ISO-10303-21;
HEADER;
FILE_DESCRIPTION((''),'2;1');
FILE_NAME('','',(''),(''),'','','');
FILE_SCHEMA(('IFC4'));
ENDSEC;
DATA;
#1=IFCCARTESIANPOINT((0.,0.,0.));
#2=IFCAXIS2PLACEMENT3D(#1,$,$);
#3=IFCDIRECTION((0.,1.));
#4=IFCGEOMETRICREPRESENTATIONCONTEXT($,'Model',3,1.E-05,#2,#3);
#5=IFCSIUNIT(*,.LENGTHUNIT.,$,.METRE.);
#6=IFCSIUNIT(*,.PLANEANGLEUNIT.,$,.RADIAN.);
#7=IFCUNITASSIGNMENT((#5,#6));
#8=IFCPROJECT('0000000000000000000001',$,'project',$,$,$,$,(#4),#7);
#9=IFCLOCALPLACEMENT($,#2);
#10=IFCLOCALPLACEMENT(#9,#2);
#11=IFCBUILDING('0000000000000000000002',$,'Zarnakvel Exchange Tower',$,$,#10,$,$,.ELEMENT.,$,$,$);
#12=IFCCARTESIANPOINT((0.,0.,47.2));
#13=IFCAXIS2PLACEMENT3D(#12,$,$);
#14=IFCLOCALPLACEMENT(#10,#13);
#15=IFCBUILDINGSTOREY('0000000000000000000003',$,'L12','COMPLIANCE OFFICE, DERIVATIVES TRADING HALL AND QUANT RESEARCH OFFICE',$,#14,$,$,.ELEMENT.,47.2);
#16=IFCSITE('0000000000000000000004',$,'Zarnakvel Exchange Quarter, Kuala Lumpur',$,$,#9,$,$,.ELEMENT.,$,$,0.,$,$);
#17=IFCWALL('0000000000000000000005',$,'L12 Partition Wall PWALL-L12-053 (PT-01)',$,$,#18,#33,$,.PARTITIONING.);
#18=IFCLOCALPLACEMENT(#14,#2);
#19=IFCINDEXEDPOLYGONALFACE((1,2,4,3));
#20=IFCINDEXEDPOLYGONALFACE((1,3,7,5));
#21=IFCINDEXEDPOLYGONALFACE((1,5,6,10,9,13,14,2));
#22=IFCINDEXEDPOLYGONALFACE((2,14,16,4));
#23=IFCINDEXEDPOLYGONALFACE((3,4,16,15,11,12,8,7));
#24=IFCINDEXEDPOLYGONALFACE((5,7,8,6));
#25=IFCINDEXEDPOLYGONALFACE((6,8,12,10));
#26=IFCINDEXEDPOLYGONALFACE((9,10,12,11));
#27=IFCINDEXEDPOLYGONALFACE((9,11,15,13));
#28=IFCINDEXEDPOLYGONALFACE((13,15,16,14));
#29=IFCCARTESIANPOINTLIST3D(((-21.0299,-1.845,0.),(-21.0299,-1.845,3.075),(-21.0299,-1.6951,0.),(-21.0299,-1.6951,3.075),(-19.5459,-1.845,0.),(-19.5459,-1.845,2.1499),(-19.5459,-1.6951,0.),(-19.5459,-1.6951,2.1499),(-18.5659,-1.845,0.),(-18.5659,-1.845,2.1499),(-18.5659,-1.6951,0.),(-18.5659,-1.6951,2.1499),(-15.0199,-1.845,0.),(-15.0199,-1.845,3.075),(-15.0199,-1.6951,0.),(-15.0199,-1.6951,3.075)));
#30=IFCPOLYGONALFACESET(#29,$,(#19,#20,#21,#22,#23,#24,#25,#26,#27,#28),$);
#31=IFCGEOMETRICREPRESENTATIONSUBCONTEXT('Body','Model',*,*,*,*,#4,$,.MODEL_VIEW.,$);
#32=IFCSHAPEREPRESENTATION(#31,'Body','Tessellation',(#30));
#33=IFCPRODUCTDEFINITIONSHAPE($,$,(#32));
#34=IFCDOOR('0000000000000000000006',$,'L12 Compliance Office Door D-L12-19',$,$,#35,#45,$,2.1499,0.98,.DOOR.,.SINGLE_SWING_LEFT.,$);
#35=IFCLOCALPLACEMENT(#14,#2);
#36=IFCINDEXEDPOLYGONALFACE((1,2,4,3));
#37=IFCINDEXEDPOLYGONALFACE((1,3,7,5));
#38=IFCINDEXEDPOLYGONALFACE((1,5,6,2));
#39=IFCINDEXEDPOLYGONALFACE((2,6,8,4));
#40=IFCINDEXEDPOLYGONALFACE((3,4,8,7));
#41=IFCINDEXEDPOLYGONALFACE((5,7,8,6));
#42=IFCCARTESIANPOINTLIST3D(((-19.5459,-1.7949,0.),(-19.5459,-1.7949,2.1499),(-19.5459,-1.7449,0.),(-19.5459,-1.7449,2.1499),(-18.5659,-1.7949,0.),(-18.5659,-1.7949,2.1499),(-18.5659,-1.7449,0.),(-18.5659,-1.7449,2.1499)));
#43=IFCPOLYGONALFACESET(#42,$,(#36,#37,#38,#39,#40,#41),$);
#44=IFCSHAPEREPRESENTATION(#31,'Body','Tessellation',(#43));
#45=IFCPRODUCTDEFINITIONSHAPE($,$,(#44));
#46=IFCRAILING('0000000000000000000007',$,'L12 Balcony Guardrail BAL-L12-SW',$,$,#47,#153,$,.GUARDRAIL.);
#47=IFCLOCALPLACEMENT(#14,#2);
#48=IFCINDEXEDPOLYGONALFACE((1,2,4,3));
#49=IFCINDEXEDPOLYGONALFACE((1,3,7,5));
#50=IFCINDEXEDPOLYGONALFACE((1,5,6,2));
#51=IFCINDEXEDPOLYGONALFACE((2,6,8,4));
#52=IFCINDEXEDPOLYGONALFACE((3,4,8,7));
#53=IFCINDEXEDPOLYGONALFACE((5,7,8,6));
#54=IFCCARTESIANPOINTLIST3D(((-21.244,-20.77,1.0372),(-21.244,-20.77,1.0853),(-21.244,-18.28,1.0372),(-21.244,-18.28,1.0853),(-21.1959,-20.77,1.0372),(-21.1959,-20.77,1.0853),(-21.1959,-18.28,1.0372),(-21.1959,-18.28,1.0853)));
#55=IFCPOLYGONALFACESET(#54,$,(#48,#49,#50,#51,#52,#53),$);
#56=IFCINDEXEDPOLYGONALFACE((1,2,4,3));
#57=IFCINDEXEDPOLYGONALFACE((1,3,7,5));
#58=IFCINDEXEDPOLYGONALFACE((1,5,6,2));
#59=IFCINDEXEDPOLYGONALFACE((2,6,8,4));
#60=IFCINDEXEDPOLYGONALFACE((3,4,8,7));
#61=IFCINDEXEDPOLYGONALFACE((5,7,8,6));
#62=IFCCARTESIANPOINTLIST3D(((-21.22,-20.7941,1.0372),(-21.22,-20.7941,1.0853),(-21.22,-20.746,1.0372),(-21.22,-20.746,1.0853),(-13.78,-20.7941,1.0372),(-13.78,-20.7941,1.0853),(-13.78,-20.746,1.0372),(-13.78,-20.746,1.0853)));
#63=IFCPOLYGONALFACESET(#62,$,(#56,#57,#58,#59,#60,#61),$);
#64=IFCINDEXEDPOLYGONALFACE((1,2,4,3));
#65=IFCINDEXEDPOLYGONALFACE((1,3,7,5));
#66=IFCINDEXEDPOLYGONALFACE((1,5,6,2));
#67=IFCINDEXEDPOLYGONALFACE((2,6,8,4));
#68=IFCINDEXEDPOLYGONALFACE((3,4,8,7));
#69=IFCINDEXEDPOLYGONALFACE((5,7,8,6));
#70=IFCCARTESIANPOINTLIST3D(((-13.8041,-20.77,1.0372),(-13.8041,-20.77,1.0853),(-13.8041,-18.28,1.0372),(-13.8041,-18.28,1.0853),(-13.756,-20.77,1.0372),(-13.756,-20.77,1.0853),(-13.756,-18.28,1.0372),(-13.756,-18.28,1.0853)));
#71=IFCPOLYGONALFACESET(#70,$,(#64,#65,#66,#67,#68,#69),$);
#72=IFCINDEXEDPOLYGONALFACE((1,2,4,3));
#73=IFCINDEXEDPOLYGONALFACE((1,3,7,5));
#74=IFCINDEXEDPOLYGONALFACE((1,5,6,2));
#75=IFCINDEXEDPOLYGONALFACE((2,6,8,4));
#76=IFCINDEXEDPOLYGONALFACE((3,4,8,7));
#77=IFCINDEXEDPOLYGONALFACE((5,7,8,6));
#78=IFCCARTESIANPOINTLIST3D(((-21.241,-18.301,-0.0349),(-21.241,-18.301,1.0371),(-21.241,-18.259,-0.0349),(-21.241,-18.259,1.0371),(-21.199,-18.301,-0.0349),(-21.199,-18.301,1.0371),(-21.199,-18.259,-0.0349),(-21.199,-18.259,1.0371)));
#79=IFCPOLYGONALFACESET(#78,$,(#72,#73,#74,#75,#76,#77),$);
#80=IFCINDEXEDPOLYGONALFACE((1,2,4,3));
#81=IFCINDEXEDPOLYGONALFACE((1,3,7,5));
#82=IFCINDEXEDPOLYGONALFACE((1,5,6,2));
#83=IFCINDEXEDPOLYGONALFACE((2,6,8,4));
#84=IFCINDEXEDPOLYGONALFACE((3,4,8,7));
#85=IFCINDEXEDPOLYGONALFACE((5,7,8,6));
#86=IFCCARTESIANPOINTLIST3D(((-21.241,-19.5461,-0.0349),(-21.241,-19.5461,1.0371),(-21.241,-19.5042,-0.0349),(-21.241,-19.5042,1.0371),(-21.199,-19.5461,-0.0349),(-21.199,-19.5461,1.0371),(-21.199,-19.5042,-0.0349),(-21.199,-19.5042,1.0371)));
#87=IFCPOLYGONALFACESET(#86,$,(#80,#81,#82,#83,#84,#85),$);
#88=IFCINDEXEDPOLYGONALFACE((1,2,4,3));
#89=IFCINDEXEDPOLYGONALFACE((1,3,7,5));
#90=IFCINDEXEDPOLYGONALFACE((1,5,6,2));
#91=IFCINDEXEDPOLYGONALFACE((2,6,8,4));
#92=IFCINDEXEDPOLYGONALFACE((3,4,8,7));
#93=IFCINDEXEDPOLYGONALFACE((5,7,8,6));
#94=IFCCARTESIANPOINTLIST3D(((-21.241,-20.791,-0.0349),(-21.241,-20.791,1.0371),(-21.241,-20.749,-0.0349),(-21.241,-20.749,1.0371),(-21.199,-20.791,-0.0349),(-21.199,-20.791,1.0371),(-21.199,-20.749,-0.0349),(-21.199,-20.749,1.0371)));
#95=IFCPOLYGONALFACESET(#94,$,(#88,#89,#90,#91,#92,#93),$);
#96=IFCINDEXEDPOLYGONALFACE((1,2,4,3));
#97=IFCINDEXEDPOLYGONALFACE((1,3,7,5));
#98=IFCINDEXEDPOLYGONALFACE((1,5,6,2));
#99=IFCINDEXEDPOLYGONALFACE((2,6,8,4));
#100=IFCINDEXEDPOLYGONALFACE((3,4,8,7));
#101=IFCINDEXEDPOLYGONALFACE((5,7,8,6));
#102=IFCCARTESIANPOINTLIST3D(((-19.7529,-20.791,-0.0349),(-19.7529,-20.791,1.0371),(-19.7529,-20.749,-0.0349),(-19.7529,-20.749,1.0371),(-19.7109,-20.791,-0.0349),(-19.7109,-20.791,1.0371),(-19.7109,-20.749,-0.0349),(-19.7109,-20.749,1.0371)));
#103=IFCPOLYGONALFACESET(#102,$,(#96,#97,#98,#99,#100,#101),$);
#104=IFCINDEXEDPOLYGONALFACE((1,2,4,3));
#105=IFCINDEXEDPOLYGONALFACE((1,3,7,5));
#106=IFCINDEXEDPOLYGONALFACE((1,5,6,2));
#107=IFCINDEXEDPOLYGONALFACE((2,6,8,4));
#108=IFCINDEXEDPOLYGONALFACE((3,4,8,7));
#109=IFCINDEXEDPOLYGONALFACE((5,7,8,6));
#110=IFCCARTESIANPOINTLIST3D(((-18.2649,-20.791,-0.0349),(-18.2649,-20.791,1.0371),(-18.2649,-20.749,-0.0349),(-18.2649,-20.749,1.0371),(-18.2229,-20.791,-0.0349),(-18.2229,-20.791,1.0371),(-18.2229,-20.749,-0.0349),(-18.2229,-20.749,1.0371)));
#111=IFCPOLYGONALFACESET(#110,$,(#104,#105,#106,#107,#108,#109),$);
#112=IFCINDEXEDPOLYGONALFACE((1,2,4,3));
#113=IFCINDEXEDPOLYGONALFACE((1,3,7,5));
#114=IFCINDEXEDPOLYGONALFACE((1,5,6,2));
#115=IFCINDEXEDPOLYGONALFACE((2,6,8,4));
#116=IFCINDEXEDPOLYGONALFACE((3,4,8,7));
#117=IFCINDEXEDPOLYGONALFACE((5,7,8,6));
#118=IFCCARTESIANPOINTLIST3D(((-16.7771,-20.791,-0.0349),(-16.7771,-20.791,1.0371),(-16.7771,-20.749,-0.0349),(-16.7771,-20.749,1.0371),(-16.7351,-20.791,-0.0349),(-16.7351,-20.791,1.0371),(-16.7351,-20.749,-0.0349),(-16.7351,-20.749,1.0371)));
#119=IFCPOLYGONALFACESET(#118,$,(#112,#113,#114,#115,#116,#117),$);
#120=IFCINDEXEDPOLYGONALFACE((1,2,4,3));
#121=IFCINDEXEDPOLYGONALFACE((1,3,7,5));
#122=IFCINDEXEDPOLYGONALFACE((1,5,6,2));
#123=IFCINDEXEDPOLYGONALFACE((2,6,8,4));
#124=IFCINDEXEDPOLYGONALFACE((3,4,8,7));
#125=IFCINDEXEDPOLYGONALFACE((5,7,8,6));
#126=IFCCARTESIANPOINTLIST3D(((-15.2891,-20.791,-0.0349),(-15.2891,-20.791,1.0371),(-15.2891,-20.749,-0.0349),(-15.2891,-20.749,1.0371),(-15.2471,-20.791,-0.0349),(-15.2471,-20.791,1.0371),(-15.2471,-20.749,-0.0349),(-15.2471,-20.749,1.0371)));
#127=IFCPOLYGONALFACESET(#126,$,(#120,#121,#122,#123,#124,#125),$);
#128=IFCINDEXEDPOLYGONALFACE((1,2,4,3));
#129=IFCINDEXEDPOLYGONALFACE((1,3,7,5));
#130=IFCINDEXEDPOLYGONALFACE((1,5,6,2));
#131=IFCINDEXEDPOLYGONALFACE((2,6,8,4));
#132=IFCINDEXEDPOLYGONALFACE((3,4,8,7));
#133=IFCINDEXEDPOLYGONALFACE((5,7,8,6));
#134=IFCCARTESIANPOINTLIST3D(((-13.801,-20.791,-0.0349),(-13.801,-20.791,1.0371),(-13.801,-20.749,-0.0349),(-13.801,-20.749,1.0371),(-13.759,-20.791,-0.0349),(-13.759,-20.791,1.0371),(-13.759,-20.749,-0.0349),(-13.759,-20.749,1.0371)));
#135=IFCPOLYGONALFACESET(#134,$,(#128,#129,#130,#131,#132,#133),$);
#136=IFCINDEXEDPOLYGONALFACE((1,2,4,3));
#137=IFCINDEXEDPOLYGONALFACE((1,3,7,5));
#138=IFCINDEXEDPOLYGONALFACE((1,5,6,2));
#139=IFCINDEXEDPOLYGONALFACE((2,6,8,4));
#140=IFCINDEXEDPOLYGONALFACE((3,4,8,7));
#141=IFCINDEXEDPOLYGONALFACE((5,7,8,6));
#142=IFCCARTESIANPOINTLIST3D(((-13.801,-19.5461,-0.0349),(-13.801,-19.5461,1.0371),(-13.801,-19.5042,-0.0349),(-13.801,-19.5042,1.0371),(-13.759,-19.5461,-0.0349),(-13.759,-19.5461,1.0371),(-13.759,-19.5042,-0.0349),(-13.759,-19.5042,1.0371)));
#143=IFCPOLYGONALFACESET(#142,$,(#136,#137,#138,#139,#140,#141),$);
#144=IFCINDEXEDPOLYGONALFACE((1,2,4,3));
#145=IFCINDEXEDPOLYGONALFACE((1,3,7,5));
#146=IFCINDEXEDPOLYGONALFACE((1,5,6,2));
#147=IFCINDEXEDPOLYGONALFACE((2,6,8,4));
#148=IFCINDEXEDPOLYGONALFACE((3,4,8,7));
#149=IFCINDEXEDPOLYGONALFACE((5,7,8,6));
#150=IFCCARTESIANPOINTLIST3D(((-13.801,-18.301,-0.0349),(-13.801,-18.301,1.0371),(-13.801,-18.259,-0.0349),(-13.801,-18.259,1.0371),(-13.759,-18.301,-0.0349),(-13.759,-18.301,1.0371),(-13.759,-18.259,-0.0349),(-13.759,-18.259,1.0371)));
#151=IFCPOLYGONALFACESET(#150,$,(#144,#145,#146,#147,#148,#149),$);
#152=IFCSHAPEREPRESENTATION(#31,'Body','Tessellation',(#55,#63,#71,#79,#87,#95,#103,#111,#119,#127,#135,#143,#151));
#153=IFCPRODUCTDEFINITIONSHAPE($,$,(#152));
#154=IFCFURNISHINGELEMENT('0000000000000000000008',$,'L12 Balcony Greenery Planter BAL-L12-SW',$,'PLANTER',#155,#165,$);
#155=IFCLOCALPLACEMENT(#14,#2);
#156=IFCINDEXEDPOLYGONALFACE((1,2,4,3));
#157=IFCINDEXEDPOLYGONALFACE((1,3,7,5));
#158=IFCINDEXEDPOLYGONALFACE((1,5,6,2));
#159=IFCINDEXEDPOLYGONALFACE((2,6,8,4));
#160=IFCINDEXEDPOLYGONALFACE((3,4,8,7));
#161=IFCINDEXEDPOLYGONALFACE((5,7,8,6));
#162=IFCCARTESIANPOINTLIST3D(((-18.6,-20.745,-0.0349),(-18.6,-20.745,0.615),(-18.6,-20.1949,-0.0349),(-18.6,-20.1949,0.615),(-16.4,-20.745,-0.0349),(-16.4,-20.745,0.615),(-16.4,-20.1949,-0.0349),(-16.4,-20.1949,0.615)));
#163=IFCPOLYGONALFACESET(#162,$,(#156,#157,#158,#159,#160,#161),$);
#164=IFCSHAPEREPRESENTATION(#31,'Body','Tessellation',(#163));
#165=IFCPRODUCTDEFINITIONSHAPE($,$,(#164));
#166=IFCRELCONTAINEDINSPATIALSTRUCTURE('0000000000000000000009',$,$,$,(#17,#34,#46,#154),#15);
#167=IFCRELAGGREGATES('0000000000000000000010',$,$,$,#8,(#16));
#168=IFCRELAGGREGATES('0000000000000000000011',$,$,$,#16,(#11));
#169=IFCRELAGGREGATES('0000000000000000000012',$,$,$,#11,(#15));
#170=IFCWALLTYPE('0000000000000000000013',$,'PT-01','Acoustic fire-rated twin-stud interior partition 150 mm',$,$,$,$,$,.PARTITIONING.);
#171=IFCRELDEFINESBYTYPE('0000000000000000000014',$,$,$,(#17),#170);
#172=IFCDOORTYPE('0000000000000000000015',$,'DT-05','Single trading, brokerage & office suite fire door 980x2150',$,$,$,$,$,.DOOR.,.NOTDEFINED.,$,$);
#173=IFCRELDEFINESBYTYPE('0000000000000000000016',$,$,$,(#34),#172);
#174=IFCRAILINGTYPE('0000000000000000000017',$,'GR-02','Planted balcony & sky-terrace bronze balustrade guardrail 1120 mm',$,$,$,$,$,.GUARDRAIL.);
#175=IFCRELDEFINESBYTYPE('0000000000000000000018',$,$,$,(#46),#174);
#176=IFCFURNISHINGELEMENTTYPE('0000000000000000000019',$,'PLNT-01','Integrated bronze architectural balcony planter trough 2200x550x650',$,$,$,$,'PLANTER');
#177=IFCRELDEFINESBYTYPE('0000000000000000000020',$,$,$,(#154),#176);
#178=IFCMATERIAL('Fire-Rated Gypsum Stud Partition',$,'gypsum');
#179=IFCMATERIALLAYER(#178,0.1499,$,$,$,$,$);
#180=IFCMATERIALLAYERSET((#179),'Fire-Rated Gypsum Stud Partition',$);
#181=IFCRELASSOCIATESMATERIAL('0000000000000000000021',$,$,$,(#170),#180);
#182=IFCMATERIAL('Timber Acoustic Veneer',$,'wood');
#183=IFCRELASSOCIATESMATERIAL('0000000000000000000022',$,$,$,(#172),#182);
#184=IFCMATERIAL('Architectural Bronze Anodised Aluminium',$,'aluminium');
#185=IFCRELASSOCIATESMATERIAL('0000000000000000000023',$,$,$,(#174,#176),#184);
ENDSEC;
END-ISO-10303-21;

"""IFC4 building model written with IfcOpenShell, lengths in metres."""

from ifc_helpers import new_model, si_unit, direction, frame, frame_2d, origin, origin_2d, place, context, subcontext, project, spatial, rectangle, extrude, source, transform, mapped, material, layer, layer_set, type_object, element, fill, save


model = new_model("IFC4")

# Units and contexts
model_context = context("Model", 3, precision=1e-05, world=origin(), true_north=direction((0.0, 1.0)))
body_context = subcontext(model_context, "Body", "Model", "MODEL_VIEW")
ifc_project = project(units=[si_unit("LENGTHUNIT", "METRE"), si_unit("PLANEANGLEUNIT", "RADIAN")], contexts=[model_context])

# Site, building, storey
site_placement = place(None, origin())
site = spatial("IfcSite", under=ifc_project, at=site_placement, Name="Zarnakvel Exchange Quarter, Kuala Lumpur", CompositionType="ELEMENT", RefElevation=0.0)
building_placement = place(site_placement, origin())
building = spatial("IfcBuilding", under=site, at=building_placement, Name="Zarnakvel Exchange Tower", CompositionType="ELEMENT")
storey_placement = place(building_placement, frame((0.0, 0.0, 47.2)))
storey = spatial("IfcBuildingStorey", under=building, at=storey_placement, Name="L12", Description="COMPLIANCE OFFICE, DERIVATIVES TRADING HALL AND QUANT RESEARCH OFFICE", CompositionType="ELEMENT", Elevation=47.2)

# Shared definitions
ifc_material_1 = material(Name="Fire-Rated Gypsum Stud Partition", Category="gypsum")
ifc_layer = layer(ifc_material_1, 0.1499)
ifc_layer_set = layer_set([ifc_layer], Name="Fire-Rated Gypsum Stud Partition")
wall_type = type_object("IfcWallType", Name="PT-01", Description="Acoustic fire-rated twin-stud interior partition 150 mm", PredefinedType="PARTITIONING", material=ifc_layer_set)
ifc_material_2 = material(Name="Timber Acoustic Veneer", Category="wood")
door_type = type_object("IfcDoorType", Name="DT-05", Description="Single trading, brokerage & office suite fire door 980x2150", OperationType="NOTDEFINED", PredefinedType="DOOR", material=ifc_material_2)
shared_shape_1 = source(origin(), body_context, "Body", "SweptSolid", [
    extrude(rectangle(XDim=0.98, YDim=2.1499, at=frame_2d((0.49, 1.075))), frame((0.0, 0.0249, 0.0), z_axis=(0.0, -1.0, 0.0), x_axis=(1.0, 0.0, 0.0)), (0.0, 0.0, 1.0), 0.05),
])

# Wall, opening, door
wall_1_placement = place(storey_placement, frame((-15.02, -1.77, 0.0), z_axis=(0.0, 0.0, 1.0), x_axis=(-1.0, 0.0, 0.0)))
wall_1 = element("IfcWall", 1, at=wall_1_placement, inside=storey, type_object=wall_type, Name="L12 Partition Wall PWALL-L12-053 (PT-01)", PredefinedType="PARTITIONING", context=body_context, shape_type="SweptSolid", body=[
    extrude(rectangle(XDim=6.01, YDim=0.1499, at=frame_2d((3.0049, 0.0))), origin(), (0.0, 0.0, 1.0), 3.075),
])
opening_1_placement = place(wall_1_placement, frame((3.5459, 0.0, 0.0)))
opening_1 = element("IfcOpeningElement", 2, at=opening_1_placement, cuts=wall_1, PredefinedType="OPENING", context=body_context, shape_type="SweptSolid", body=[
    extrude(rectangle(XDim=0.98, YDim=2.1499, at=frame_2d((0.49, 1.075))), frame((0.0, 0.085, 0.0), z_axis=(0.0, -1.0, 0.0), x_axis=(1.0, 0.0, 0.0)), (0.0, 0.0, 1.0), 0.1699),
])
door_1_placement = place(opening_1_placement, origin())
door_1 = element("IfcDoor", 3, at=door_1_placement, inside=storey, type_object=door_type, Name="L12 Compliance Office Door D-L12-19", OperationType="SINGLE_SWING_LEFT", OverallHeight=2.1499, OverallWidth=0.98, PredefinedType="DOOR", context=body_context, shape_type="MappedRepresentation", body=[
    mapped(shared_shape_1, transform((0.0, 0.0, 0.0), x_axis=(1.0, 0.0, 0.0), y_axis=(0.0, 1.0, 0.0), z_axis=(0.0, 0.0, 1.0), scale=1.0)),
])
fill(opening_1, door_1)

# Railing
ifc_material_3 = material(Name="Architectural Bronze Anodised Aluminium", Category="aluminium")
railing_type = type_object("IfcRailingType", Name="GR-02", Description="Planted balcony & sky-terrace bronze balustrade guardrail 1120 mm", PredefinedType="GUARDRAIL", material=ifc_material_3)
railing_placement = place(storey_placement, frame((-21.22, -18.28, -0.0349)))
element("IfcRailing", 4, at=railing_placement, inside=storey, type_object=railing_type, Name="L12 Balcony Guardrail BAL-L12-SW", PredefinedType="GUARDRAIL", context=body_context, shape_type="SweptSolid", body=[
    extrude(rectangle(XDim=0.0481, YDim=0.0481, at=origin_2d()), frame((0.0, 0.0, 1.0962), z_axis=(0.0, -1.0, 0.0), x_axis=(1.0, 0.0, 0.0)), (0.0, 0.0, 1.0), 2.49),
    extrude(rectangle(XDim=0.0481, YDim=0.0481, at=origin_2d()), frame((0.0, -2.49, 1.0962), z_axis=(1.0, 0.0, 0.0), x_axis=(0.0, 1.0, 0.0)), (0.0, 0.0, 1.0), 7.4399),
    extrude(rectangle(XDim=0.0481, YDim=0.0481, at=origin_2d()), frame((7.4399, -2.49, 1.0962), z_axis=(0.0, 1.0, 0.0), x_axis=(-1.0, 0.0, 0.0)), (0.0, 0.0, 1.0), 2.49),
    extrude(rectangle(XDim=0.042, YDim=0.042, at=origin_2d()), origin(), (0.0, 0.0, 1.0), 1.072),
    extrude(rectangle(XDim=0.042, YDim=0.042, at=origin_2d()), frame((0.0, -1.2451, 0.0)), (0.0, 0.0, 1.0), 1.072),
    extrude(rectangle(XDim=0.042, YDim=0.042, at=origin_2d()), frame((0.0, -2.49, 0.0)), (0.0, 0.0, 1.0), 1.072),
    extrude(rectangle(XDim=0.042, YDim=0.042, at=origin_2d()), frame((1.488, -2.49, 0.0)), (0.0, 0.0, 1.0), 1.072),
    extrude(rectangle(XDim=0.042, YDim=0.042, at=origin_2d()), frame((2.9761, -2.49, 0.0)), (0.0, 0.0, 1.0), 1.072),
    extrude(rectangle(XDim=0.042, YDim=0.042, at=origin_2d()), frame((4.4639, -2.49, 0.0)), (0.0, 0.0, 1.0), 1.072),
    extrude(rectangle(XDim=0.042, YDim=0.042, at=origin_2d()), frame((5.9519, -2.49, 0.0)), (0.0, 0.0, 1.0), 1.072),
    extrude(rectangle(XDim=0.042, YDim=0.042, at=origin_2d()), frame((7.4399, -2.49, 0.0)), (0.0, 0.0, 1.0), 1.072),
    extrude(rectangle(XDim=0.042, YDim=0.042, at=origin_2d()), frame((7.4399, -1.2451, 0.0)), (0.0, 0.0, 1.0), 1.072),
    extrude(rectangle(XDim=0.042, YDim=0.042, at=origin_2d()), frame((7.4399, 0.0, 0.0)), (0.0, 0.0, 1.0), 1.072),
])

# Furnishing element
furnishing_element_type = type_object("IfcFurnishingElementType", Name="PLNT-01", Description="Integrated bronze architectural balcony planter trough 2200x550x650", ElementType="PLANTER", material=ifc_material_3)
shared_shape_2 = source(origin(), body_context, "Body", "SweptSolid", [
    extrude(rectangle(XDim=2.2, YDim=0.55, at=origin_2d()), origin(), (0.0, 0.0, 1.0), 0.6499),
])
furnishing_placement = place(storey_placement, frame((-17.5, -20.47, -0.0349), z_axis=(0.0, 0.0, 1.0), x_axis=(1.0, 0.0, 0.0)))
element("IfcFurnishingElement", 5, at=furnishing_placement, inside=storey, type_object=furnishing_element_type, Name="L12 Balcony Greenery Planter BAL-L12-SW", ObjectType="PLANTER", context=body_context, shape_type="MappedRepresentation", body=[
    mapped(shared_shape_2, transform((0.0, 0.0, 0.0), x_axis=(1.0, 0.0, 0.0), y_axis=(0.0, 1.0, 0.0), z_axis=(0.0, 0.0, 1.0), scale=1.0)),
])

save(model, "model.ifc")
